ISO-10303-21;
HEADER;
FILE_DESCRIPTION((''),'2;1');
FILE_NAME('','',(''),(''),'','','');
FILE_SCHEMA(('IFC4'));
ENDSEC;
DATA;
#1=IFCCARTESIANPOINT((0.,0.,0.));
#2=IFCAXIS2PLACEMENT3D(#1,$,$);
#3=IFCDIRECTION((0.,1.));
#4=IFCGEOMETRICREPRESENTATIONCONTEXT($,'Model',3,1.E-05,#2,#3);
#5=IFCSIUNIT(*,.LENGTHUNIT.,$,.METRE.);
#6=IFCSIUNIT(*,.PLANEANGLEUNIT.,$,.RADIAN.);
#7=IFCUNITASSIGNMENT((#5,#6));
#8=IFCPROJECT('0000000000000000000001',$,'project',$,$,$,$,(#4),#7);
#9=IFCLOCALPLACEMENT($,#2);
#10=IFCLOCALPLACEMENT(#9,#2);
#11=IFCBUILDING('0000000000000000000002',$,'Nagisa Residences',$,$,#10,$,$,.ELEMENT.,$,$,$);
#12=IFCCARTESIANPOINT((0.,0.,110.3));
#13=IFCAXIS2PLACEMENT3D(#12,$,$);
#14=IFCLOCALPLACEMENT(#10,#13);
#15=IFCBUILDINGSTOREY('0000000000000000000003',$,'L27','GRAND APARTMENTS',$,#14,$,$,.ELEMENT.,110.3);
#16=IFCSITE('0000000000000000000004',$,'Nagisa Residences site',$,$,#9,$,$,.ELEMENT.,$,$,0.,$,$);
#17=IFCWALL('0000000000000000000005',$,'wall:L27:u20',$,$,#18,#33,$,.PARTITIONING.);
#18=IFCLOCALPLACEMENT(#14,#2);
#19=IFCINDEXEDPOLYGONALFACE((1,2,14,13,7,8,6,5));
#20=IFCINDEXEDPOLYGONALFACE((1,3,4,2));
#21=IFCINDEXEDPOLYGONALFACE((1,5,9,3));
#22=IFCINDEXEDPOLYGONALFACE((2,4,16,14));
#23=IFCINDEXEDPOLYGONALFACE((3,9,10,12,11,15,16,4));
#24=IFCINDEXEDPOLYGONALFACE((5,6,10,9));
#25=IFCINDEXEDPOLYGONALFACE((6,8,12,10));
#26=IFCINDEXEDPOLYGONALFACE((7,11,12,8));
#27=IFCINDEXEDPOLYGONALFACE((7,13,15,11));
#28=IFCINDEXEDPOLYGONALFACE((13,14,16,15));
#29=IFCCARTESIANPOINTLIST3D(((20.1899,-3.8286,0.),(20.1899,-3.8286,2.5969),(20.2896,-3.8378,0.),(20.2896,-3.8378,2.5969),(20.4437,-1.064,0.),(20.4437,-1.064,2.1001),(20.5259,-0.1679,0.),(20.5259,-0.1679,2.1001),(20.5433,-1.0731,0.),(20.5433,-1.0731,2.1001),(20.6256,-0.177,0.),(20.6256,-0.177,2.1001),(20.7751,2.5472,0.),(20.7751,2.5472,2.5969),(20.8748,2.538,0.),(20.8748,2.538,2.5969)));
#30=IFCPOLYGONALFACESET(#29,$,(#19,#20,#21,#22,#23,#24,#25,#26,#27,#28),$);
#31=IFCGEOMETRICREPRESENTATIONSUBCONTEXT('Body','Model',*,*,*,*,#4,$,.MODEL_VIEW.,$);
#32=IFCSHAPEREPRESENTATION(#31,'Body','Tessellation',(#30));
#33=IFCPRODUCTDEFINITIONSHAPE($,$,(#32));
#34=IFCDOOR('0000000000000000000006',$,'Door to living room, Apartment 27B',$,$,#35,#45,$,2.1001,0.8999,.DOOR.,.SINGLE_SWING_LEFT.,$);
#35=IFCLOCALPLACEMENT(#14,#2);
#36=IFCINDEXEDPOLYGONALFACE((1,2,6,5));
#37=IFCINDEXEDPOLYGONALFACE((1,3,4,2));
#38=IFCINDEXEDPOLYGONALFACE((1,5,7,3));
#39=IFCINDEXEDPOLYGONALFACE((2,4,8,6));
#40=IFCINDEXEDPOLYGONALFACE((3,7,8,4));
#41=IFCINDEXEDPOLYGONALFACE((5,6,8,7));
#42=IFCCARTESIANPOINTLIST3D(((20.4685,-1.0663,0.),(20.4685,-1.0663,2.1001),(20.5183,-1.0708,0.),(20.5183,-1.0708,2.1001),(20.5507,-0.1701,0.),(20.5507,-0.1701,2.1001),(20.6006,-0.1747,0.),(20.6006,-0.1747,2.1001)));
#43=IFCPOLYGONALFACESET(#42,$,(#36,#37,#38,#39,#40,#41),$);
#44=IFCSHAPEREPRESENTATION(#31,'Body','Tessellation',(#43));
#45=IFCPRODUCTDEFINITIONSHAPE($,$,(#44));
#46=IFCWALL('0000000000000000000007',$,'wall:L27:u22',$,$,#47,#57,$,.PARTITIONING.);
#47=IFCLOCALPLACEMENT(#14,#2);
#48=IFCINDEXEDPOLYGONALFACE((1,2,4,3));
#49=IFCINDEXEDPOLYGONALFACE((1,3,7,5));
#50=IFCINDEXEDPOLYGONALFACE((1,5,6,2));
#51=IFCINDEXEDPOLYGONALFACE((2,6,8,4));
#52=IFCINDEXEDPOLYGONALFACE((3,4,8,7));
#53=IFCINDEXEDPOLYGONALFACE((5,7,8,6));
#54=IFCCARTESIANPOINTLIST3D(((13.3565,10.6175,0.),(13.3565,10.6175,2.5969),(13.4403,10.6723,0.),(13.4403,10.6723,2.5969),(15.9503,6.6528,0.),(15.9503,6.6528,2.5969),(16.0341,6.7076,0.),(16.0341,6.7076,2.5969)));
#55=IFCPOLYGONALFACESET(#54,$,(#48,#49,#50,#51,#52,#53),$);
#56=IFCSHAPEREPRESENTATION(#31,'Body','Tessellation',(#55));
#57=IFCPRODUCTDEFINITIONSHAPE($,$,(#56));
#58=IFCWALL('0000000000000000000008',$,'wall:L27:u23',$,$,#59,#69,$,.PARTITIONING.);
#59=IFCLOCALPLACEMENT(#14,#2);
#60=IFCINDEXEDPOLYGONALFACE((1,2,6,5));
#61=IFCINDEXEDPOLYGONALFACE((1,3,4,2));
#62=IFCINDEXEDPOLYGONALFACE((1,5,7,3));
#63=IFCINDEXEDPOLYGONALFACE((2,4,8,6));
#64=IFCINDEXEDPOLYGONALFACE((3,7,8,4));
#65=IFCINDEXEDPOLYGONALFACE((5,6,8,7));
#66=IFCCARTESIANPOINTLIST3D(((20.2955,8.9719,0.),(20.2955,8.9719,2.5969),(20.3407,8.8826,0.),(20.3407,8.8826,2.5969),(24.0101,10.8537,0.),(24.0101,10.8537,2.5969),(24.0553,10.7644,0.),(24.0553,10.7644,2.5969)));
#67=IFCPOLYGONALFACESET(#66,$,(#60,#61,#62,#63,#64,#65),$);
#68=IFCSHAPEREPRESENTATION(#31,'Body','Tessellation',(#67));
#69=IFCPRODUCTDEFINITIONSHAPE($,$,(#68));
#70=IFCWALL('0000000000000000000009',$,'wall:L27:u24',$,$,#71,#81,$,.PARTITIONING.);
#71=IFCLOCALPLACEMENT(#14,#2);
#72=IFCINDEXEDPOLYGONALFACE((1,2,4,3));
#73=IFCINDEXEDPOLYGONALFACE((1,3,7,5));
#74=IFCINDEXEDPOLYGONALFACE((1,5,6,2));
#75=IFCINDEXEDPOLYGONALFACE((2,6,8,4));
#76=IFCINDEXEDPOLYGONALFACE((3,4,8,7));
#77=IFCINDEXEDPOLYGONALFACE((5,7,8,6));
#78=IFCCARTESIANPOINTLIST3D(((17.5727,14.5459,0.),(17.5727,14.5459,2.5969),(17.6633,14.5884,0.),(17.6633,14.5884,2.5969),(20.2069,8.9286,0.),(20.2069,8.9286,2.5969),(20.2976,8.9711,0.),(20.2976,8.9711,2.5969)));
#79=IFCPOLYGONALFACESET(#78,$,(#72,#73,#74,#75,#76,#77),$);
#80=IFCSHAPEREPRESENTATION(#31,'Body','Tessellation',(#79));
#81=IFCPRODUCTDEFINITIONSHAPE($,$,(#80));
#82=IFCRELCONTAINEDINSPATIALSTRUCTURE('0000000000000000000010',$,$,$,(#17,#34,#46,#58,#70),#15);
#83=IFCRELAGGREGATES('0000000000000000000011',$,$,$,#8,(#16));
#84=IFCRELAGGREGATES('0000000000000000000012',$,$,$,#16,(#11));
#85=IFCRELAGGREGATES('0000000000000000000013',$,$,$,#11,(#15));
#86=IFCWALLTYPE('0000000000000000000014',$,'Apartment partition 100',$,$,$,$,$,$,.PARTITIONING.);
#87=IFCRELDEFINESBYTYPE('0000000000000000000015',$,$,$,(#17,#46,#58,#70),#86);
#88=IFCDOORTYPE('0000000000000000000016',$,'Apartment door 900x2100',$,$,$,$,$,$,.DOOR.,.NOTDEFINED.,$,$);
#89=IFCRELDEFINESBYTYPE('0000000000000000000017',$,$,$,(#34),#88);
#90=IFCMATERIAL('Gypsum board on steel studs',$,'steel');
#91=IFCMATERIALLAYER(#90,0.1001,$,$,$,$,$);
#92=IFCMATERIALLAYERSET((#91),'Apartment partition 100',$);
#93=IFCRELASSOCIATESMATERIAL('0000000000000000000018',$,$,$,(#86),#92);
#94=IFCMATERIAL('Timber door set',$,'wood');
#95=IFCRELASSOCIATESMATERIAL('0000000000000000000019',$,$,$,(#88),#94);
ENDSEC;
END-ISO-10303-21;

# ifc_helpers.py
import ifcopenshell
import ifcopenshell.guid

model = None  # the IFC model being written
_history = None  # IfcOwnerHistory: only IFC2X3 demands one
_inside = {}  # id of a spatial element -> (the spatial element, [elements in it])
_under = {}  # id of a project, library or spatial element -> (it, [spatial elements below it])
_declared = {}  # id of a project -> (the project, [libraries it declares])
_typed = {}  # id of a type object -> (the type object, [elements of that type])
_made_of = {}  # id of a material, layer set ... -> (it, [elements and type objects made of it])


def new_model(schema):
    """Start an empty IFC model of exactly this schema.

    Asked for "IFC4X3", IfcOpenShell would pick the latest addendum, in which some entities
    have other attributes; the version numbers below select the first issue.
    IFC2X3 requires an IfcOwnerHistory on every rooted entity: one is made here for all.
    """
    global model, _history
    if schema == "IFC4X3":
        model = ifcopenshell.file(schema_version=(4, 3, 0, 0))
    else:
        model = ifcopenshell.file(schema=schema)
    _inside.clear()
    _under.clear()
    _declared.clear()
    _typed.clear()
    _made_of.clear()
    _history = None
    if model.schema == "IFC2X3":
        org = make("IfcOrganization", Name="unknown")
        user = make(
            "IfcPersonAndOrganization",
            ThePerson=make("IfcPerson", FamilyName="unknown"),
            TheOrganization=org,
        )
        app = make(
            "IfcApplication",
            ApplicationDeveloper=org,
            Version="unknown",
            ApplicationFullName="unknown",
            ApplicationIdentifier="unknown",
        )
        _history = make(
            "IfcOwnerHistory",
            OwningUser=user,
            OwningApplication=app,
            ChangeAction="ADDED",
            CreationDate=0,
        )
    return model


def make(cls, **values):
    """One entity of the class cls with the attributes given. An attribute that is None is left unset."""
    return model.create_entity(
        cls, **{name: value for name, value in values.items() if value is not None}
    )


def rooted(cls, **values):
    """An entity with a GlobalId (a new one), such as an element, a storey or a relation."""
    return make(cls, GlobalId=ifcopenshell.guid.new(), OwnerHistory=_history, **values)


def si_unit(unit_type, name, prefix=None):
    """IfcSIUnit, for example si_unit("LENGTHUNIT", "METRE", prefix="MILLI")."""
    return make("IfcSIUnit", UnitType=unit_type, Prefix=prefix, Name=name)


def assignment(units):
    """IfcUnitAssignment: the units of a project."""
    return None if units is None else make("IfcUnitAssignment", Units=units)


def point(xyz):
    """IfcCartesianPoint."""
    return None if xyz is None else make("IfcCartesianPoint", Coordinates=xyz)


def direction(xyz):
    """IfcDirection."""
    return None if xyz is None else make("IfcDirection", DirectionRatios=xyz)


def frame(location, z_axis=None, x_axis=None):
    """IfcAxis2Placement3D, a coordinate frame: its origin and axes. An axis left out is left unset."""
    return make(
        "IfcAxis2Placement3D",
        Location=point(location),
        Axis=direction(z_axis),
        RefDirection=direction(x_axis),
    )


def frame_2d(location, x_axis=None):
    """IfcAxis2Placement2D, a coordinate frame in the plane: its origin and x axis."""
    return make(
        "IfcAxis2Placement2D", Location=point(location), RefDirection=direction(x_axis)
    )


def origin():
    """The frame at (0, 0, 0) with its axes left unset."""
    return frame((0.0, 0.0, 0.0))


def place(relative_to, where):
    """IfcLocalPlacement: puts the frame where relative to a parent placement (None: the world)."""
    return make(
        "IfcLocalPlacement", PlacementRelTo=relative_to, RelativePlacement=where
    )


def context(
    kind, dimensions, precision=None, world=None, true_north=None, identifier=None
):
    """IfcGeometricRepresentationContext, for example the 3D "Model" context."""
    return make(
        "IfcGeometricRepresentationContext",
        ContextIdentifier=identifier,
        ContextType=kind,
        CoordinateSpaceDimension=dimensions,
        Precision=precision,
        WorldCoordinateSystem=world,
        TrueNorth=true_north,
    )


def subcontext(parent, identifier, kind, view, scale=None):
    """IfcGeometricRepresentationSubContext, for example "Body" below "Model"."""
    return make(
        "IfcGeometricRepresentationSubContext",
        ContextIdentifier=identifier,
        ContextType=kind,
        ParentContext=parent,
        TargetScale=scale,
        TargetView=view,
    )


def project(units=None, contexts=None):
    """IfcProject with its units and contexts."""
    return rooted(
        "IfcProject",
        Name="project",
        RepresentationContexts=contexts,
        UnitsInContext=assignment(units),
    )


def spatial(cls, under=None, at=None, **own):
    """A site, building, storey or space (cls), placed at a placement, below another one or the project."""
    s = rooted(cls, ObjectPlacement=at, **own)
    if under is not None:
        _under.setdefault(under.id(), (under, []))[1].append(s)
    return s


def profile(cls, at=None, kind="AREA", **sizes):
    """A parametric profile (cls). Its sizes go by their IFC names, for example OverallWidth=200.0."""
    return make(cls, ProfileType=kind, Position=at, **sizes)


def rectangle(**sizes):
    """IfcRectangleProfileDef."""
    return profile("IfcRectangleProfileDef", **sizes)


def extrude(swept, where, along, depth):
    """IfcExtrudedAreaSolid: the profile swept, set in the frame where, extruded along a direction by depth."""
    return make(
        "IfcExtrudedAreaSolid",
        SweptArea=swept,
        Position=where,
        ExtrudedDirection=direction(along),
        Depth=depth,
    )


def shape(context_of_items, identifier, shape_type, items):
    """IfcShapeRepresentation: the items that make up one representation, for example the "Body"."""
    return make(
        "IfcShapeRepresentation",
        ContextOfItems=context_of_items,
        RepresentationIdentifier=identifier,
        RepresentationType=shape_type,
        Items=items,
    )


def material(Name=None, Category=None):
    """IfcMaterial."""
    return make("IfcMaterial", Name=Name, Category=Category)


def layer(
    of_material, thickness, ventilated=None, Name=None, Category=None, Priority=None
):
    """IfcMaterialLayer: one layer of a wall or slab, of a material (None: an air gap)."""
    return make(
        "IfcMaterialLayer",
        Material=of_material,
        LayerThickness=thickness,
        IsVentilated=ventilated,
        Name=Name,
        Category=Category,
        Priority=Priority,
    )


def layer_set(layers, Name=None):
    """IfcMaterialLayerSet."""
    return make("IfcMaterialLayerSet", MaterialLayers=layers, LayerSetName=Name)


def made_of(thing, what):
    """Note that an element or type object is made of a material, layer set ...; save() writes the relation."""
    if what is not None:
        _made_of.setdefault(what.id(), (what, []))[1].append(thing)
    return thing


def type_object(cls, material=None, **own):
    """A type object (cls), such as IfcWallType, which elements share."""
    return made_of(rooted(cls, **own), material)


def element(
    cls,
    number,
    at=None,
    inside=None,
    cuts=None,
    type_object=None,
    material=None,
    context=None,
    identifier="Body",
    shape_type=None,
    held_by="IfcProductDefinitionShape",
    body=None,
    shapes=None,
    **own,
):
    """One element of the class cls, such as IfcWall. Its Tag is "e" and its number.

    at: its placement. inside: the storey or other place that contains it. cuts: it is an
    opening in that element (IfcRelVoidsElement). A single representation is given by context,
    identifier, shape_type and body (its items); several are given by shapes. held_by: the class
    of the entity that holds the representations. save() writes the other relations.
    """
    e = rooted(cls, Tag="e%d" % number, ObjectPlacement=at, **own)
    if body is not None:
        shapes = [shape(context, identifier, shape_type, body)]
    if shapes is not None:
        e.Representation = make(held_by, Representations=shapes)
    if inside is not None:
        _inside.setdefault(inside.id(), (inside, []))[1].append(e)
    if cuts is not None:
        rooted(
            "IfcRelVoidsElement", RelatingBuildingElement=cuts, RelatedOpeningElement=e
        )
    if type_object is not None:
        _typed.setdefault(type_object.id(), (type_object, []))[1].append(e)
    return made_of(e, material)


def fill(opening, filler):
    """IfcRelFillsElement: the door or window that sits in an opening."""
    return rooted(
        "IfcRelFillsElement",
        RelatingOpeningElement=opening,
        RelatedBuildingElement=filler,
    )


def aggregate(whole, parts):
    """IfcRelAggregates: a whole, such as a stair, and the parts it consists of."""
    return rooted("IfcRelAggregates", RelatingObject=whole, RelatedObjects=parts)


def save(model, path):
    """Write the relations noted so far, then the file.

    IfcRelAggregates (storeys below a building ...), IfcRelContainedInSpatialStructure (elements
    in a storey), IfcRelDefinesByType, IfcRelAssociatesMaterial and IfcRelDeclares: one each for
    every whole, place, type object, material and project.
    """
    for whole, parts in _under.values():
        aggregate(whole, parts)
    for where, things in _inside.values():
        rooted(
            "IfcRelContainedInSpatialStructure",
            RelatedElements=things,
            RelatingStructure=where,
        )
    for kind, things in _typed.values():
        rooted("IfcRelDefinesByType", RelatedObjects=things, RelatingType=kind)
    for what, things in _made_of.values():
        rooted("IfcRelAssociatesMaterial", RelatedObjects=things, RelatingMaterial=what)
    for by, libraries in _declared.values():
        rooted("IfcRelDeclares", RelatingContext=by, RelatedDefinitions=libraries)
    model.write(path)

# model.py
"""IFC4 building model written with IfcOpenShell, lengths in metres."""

from ifc_helpers import new_model, si_unit, direction, frame, frame_2d, origin, place, context, subcontext, project, spatial, rectangle, extrude, material, layer, layer_set, type_object, element, fill, save


model = new_model("IFC4")

# Units and contexts
model_context = context("Model", 3, precision=1e-05, world=origin(), true_north=direction((0.0, 1.0)))
body_context = subcontext(model_context, "Body", "Model", "MODEL_VIEW")
ifc_project = project(units=[si_unit("LENGTHUNIT", "METRE"), si_unit("PLANEANGLEUNIT", "RADIAN")], contexts=[model_context])

# Site, building, storey
site_placement = place(None, origin())
site = spatial("IfcSite", under=ifc_project, at=site_placement, Name="Nagisa Residences site", CompositionType="ELEMENT", RefElevation=0.0)
building_placement = place(site_placement, origin())
building = spatial("IfcBuilding", under=site, at=building_placement, Name="Nagisa Residences", CompositionType="ELEMENT")
storey_placement = place(building_placement, frame((0.0, 0.0, 110.3)))
storey = spatial("IfcBuildingStorey", under=building, at=storey_placement, Name="L27", Description="GRAND APARTMENTS", CompositionType="ELEMENT", Elevation=110.3)

# Wall, opening, door
ifc_material_1 = material(Name="Gypsum board on steel studs", Category="steel")
ifc_layer_1 = layer(ifc_material_1, 0.1001)
ifc_layer_set_1 = layer_set([ifc_layer_1], Name="Apartment partition 100")
wall_type_1 = type_object("IfcWallType", Name="Apartment partition 100", PredefinedType="PARTITIONING", material=ifc_layer_set_1)
ifc_material_2 = material(Name="Timber door set", Category="wood")
door_type_1 = type_object("IfcDoorType", Name="Apartment door 900x2100", OperationType="NOTDEFINED", PredefinedType="DOOR", material=ifc_material_2)
wall_1_placement = place(storey_placement, frame((20.825, 2.5425, 0.0), z_axis=(0.0, 0.0, 1.0), x_axis=(-0.091402, -0.995814, 0.0)))
wall_1 = element("IfcWall", 1, at=wall_1_placement, inside=storey, type_object=wall_type_1, Name="wall:L27:u20", PredefinedType="PARTITIONING", context=body_context, shape_type="SweptSolid", body=[
    extrude(rectangle(XDim=6.4026, YDim=0.1001, at=frame_2d((3.2012, 0.0))), origin(), (0.0, 0.0, 1.0), 2.5969),
])
opening_1_placement = place(wall_1_placement, frame((2.7263, 0.0, 0.0)))
opening_1 = element("IfcOpeningElement", 2, at=opening_1_placement, cuts=wall_1, PredefinedType="OPENING", context=body_context, shape_type="SweptSolid", body=[
    extrude(rectangle(XDim=0.8999, YDim=2.1001, at=frame_2d((0.45, 1.05))), frame((0.0, 0.0601, 0.0), z_axis=(0.0, -1.0, 0.0), x_axis=(1.0, 0.0, 0.0)), (0.0, 0.0, 1.0), 0.1201),
])
door_1_placement = place(opening_1_placement, origin())
door_1 = element("IfcDoor", 3, at=door_1_placement, inside=storey, type_object=door_type_1, Name="Door to living room, Apartment 27B", OperationType="SINGLE_SWING_LEFT", OverallHeight=2.1001, OverallWidth=0.8999, PredefinedType="DOOR", context=body_context, shape_type="SweptSolid", body=[
    extrude(rectangle(XDim=0.8999, YDim=2.1001, at=frame_2d((0.45, 1.05))), frame((0.0, 0.0249, 0.0), z_axis=(0.0, -1.0, 0.0), x_axis=(1.0, 0.0, 0.0)), (0.0, 0.0, 1.0), 0.05),
])
fill(opening_1, door_1)

# Walls
wall_2_placement = place(storey_placement, frame((15.9922, 6.6802, 0.0), z_axis=(0.0, 0.0, 1.0), x_axis=(-0.547473, 0.836823, 0.0)))
element("IfcWall", 4, at=wall_2_placement, inside=storey, type_object=wall_type_1, Name="wall:L27:u22", PredefinedType="PARTITIONING", context=body_context, shape_type="SweptSolid", body=[
    extrude(rectangle(XDim=4.7378, YDim=0.1001, at=frame_2d((2.3689, 0.0))), origin(), (0.0, 0.0, 1.0), 2.5969),
])
wall_3_placement = place(storey_placement, frame((20.3181, 8.9272, 0.0), z_axis=(0.0, 0.0, 1.0), x_axis=(0.892058, 0.451921, 0.0)))
element("IfcWall", 5, at=wall_3_placement, inside=storey, type_object=wall_type_1, Name="wall:L27:u23", PredefinedType="PARTITIONING", context=body_context, shape_type="SweptSolid", body=[
    extrude(rectangle(XDim=4.1641, YDim=0.1001, at=frame_2d((2.082, 0.0))), origin(), (0.0, 0.0, 1.0), 2.5969),
])
wall_4_placement = place(storey_placement, frame((20.2522, 8.95, 0.0), z_axis=(0.0, 0.0, 1.0), x_axis=(-0.42458, 0.90539, 0.0)))
element("IfcWall", 6, at=wall_4_placement, inside=storey, type_object=wall_type_1, Name="wall:L27:u24", PredefinedType="PARTITIONING", context=body_context, shape_type="SweptSolid", body=[
    extrude(rectangle(XDim=6.2043, YDim=0.1001, at=frame_2d((3.1021, 0.0))), origin(), (0.0, 0.0, 1.0), 2.5969),
])

save(model, "model.ifc")
